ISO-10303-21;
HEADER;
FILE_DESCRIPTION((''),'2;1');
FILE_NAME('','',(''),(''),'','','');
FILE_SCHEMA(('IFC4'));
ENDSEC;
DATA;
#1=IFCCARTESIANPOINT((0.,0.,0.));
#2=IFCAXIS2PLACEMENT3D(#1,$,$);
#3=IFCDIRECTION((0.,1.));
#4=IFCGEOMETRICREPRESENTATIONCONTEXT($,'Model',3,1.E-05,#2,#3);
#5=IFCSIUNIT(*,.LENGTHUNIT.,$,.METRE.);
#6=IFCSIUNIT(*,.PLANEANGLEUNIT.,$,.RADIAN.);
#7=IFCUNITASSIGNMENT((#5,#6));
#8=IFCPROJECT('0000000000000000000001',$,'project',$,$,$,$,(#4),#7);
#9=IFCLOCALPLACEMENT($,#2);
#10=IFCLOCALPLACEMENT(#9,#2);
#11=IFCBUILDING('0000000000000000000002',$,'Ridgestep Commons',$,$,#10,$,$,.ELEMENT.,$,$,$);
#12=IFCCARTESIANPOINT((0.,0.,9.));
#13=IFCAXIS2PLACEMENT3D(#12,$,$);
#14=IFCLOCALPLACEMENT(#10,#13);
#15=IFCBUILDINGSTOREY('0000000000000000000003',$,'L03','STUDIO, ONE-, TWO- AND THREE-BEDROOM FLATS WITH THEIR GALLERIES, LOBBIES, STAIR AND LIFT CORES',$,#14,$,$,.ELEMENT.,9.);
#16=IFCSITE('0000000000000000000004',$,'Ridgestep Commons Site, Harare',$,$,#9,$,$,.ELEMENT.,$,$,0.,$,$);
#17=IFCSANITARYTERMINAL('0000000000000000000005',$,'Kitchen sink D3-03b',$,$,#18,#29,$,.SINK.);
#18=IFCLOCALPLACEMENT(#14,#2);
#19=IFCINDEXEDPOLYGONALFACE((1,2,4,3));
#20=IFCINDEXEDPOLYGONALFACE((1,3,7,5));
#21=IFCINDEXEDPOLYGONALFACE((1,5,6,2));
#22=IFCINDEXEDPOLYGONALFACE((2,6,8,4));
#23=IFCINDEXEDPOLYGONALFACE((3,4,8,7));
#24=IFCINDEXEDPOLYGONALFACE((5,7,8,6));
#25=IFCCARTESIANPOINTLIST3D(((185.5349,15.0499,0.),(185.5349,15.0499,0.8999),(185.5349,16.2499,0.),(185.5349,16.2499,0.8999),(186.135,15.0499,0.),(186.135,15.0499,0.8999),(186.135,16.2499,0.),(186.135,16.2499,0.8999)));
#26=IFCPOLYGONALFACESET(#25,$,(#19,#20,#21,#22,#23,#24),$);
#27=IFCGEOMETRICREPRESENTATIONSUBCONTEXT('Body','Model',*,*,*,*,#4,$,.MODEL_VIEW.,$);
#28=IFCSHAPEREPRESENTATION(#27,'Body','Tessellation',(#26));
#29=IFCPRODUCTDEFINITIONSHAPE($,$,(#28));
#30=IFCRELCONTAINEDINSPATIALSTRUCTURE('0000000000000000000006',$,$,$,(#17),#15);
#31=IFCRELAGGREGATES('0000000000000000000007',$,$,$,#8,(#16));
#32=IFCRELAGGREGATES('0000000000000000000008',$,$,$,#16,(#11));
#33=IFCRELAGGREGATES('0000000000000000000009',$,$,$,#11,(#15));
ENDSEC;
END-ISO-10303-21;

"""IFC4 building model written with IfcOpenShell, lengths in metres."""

from ifc_helpers import new_model, si_unit, direction, frame, origin, origin_2d, place, context, subcontext, project, spatial, rectangle, extrude, element, save


model = new_model("IFC4")

# Units and contexts
model_context = context("Model", 3, precision=1e-05, world=origin(), true_north=direction((0.0, 1.0)))
body_context = subcontext(model_context, "Body", "Model", "MODEL_VIEW")
ifc_project = project(units=[si_unit("LENGTHUNIT", "METRE"), si_unit("PLANEANGLEUNIT", "RADIAN")], contexts=[model_context])

# Site, building, storey
site_placement = place(None, origin())
site = spatial("IfcSite", under=ifc_project, at=site_placement, Name="Ridgestep Commons Site, Harare", CompositionType="ELEMENT", RefElevation=0.0)
building_placement = place(site_placement, origin())
building = spatial("IfcBuilding", under=site, at=building_placement, Name="Ridgestep Commons", CompositionType="ELEMENT")
storey_placement = place(building_placement, frame((0.0, 0.0, 9.0)))
storey = spatial("IfcBuildingStorey", under=building, at=storey_placement, Name="L03", Description="STUDIO, ONE-, TWO- AND THREE-BEDROOM FLATS WITH THEIR GALLERIES, LOBBIES, STAIR AND LIFT CORES", CompositionType="ELEMENT", Elevation=9.0)

# Sanitary terminal
sanitary_terminal_1_placement = place(storey_placement, frame((185.835, 15.6499, 0.0), z_axis=(0.0, 0.0, 1.0), x_axis=(1.0, 0.0, 0.0)))
element("IfcSanitaryTerminal", 1, at=sanitary_terminal_1_placement, inside=storey, Name="Kitchen sink D3-03b", PredefinedType="SINK", context=body_context, shape_type="SweptSolid", body=[
    extrude(rectangle(XDim=0.6001, YDim=1.2, at=origin_2d()), origin(), (0.0, 0.0, 1.0), 0.8999),
])

save(model, "model.ifc")
